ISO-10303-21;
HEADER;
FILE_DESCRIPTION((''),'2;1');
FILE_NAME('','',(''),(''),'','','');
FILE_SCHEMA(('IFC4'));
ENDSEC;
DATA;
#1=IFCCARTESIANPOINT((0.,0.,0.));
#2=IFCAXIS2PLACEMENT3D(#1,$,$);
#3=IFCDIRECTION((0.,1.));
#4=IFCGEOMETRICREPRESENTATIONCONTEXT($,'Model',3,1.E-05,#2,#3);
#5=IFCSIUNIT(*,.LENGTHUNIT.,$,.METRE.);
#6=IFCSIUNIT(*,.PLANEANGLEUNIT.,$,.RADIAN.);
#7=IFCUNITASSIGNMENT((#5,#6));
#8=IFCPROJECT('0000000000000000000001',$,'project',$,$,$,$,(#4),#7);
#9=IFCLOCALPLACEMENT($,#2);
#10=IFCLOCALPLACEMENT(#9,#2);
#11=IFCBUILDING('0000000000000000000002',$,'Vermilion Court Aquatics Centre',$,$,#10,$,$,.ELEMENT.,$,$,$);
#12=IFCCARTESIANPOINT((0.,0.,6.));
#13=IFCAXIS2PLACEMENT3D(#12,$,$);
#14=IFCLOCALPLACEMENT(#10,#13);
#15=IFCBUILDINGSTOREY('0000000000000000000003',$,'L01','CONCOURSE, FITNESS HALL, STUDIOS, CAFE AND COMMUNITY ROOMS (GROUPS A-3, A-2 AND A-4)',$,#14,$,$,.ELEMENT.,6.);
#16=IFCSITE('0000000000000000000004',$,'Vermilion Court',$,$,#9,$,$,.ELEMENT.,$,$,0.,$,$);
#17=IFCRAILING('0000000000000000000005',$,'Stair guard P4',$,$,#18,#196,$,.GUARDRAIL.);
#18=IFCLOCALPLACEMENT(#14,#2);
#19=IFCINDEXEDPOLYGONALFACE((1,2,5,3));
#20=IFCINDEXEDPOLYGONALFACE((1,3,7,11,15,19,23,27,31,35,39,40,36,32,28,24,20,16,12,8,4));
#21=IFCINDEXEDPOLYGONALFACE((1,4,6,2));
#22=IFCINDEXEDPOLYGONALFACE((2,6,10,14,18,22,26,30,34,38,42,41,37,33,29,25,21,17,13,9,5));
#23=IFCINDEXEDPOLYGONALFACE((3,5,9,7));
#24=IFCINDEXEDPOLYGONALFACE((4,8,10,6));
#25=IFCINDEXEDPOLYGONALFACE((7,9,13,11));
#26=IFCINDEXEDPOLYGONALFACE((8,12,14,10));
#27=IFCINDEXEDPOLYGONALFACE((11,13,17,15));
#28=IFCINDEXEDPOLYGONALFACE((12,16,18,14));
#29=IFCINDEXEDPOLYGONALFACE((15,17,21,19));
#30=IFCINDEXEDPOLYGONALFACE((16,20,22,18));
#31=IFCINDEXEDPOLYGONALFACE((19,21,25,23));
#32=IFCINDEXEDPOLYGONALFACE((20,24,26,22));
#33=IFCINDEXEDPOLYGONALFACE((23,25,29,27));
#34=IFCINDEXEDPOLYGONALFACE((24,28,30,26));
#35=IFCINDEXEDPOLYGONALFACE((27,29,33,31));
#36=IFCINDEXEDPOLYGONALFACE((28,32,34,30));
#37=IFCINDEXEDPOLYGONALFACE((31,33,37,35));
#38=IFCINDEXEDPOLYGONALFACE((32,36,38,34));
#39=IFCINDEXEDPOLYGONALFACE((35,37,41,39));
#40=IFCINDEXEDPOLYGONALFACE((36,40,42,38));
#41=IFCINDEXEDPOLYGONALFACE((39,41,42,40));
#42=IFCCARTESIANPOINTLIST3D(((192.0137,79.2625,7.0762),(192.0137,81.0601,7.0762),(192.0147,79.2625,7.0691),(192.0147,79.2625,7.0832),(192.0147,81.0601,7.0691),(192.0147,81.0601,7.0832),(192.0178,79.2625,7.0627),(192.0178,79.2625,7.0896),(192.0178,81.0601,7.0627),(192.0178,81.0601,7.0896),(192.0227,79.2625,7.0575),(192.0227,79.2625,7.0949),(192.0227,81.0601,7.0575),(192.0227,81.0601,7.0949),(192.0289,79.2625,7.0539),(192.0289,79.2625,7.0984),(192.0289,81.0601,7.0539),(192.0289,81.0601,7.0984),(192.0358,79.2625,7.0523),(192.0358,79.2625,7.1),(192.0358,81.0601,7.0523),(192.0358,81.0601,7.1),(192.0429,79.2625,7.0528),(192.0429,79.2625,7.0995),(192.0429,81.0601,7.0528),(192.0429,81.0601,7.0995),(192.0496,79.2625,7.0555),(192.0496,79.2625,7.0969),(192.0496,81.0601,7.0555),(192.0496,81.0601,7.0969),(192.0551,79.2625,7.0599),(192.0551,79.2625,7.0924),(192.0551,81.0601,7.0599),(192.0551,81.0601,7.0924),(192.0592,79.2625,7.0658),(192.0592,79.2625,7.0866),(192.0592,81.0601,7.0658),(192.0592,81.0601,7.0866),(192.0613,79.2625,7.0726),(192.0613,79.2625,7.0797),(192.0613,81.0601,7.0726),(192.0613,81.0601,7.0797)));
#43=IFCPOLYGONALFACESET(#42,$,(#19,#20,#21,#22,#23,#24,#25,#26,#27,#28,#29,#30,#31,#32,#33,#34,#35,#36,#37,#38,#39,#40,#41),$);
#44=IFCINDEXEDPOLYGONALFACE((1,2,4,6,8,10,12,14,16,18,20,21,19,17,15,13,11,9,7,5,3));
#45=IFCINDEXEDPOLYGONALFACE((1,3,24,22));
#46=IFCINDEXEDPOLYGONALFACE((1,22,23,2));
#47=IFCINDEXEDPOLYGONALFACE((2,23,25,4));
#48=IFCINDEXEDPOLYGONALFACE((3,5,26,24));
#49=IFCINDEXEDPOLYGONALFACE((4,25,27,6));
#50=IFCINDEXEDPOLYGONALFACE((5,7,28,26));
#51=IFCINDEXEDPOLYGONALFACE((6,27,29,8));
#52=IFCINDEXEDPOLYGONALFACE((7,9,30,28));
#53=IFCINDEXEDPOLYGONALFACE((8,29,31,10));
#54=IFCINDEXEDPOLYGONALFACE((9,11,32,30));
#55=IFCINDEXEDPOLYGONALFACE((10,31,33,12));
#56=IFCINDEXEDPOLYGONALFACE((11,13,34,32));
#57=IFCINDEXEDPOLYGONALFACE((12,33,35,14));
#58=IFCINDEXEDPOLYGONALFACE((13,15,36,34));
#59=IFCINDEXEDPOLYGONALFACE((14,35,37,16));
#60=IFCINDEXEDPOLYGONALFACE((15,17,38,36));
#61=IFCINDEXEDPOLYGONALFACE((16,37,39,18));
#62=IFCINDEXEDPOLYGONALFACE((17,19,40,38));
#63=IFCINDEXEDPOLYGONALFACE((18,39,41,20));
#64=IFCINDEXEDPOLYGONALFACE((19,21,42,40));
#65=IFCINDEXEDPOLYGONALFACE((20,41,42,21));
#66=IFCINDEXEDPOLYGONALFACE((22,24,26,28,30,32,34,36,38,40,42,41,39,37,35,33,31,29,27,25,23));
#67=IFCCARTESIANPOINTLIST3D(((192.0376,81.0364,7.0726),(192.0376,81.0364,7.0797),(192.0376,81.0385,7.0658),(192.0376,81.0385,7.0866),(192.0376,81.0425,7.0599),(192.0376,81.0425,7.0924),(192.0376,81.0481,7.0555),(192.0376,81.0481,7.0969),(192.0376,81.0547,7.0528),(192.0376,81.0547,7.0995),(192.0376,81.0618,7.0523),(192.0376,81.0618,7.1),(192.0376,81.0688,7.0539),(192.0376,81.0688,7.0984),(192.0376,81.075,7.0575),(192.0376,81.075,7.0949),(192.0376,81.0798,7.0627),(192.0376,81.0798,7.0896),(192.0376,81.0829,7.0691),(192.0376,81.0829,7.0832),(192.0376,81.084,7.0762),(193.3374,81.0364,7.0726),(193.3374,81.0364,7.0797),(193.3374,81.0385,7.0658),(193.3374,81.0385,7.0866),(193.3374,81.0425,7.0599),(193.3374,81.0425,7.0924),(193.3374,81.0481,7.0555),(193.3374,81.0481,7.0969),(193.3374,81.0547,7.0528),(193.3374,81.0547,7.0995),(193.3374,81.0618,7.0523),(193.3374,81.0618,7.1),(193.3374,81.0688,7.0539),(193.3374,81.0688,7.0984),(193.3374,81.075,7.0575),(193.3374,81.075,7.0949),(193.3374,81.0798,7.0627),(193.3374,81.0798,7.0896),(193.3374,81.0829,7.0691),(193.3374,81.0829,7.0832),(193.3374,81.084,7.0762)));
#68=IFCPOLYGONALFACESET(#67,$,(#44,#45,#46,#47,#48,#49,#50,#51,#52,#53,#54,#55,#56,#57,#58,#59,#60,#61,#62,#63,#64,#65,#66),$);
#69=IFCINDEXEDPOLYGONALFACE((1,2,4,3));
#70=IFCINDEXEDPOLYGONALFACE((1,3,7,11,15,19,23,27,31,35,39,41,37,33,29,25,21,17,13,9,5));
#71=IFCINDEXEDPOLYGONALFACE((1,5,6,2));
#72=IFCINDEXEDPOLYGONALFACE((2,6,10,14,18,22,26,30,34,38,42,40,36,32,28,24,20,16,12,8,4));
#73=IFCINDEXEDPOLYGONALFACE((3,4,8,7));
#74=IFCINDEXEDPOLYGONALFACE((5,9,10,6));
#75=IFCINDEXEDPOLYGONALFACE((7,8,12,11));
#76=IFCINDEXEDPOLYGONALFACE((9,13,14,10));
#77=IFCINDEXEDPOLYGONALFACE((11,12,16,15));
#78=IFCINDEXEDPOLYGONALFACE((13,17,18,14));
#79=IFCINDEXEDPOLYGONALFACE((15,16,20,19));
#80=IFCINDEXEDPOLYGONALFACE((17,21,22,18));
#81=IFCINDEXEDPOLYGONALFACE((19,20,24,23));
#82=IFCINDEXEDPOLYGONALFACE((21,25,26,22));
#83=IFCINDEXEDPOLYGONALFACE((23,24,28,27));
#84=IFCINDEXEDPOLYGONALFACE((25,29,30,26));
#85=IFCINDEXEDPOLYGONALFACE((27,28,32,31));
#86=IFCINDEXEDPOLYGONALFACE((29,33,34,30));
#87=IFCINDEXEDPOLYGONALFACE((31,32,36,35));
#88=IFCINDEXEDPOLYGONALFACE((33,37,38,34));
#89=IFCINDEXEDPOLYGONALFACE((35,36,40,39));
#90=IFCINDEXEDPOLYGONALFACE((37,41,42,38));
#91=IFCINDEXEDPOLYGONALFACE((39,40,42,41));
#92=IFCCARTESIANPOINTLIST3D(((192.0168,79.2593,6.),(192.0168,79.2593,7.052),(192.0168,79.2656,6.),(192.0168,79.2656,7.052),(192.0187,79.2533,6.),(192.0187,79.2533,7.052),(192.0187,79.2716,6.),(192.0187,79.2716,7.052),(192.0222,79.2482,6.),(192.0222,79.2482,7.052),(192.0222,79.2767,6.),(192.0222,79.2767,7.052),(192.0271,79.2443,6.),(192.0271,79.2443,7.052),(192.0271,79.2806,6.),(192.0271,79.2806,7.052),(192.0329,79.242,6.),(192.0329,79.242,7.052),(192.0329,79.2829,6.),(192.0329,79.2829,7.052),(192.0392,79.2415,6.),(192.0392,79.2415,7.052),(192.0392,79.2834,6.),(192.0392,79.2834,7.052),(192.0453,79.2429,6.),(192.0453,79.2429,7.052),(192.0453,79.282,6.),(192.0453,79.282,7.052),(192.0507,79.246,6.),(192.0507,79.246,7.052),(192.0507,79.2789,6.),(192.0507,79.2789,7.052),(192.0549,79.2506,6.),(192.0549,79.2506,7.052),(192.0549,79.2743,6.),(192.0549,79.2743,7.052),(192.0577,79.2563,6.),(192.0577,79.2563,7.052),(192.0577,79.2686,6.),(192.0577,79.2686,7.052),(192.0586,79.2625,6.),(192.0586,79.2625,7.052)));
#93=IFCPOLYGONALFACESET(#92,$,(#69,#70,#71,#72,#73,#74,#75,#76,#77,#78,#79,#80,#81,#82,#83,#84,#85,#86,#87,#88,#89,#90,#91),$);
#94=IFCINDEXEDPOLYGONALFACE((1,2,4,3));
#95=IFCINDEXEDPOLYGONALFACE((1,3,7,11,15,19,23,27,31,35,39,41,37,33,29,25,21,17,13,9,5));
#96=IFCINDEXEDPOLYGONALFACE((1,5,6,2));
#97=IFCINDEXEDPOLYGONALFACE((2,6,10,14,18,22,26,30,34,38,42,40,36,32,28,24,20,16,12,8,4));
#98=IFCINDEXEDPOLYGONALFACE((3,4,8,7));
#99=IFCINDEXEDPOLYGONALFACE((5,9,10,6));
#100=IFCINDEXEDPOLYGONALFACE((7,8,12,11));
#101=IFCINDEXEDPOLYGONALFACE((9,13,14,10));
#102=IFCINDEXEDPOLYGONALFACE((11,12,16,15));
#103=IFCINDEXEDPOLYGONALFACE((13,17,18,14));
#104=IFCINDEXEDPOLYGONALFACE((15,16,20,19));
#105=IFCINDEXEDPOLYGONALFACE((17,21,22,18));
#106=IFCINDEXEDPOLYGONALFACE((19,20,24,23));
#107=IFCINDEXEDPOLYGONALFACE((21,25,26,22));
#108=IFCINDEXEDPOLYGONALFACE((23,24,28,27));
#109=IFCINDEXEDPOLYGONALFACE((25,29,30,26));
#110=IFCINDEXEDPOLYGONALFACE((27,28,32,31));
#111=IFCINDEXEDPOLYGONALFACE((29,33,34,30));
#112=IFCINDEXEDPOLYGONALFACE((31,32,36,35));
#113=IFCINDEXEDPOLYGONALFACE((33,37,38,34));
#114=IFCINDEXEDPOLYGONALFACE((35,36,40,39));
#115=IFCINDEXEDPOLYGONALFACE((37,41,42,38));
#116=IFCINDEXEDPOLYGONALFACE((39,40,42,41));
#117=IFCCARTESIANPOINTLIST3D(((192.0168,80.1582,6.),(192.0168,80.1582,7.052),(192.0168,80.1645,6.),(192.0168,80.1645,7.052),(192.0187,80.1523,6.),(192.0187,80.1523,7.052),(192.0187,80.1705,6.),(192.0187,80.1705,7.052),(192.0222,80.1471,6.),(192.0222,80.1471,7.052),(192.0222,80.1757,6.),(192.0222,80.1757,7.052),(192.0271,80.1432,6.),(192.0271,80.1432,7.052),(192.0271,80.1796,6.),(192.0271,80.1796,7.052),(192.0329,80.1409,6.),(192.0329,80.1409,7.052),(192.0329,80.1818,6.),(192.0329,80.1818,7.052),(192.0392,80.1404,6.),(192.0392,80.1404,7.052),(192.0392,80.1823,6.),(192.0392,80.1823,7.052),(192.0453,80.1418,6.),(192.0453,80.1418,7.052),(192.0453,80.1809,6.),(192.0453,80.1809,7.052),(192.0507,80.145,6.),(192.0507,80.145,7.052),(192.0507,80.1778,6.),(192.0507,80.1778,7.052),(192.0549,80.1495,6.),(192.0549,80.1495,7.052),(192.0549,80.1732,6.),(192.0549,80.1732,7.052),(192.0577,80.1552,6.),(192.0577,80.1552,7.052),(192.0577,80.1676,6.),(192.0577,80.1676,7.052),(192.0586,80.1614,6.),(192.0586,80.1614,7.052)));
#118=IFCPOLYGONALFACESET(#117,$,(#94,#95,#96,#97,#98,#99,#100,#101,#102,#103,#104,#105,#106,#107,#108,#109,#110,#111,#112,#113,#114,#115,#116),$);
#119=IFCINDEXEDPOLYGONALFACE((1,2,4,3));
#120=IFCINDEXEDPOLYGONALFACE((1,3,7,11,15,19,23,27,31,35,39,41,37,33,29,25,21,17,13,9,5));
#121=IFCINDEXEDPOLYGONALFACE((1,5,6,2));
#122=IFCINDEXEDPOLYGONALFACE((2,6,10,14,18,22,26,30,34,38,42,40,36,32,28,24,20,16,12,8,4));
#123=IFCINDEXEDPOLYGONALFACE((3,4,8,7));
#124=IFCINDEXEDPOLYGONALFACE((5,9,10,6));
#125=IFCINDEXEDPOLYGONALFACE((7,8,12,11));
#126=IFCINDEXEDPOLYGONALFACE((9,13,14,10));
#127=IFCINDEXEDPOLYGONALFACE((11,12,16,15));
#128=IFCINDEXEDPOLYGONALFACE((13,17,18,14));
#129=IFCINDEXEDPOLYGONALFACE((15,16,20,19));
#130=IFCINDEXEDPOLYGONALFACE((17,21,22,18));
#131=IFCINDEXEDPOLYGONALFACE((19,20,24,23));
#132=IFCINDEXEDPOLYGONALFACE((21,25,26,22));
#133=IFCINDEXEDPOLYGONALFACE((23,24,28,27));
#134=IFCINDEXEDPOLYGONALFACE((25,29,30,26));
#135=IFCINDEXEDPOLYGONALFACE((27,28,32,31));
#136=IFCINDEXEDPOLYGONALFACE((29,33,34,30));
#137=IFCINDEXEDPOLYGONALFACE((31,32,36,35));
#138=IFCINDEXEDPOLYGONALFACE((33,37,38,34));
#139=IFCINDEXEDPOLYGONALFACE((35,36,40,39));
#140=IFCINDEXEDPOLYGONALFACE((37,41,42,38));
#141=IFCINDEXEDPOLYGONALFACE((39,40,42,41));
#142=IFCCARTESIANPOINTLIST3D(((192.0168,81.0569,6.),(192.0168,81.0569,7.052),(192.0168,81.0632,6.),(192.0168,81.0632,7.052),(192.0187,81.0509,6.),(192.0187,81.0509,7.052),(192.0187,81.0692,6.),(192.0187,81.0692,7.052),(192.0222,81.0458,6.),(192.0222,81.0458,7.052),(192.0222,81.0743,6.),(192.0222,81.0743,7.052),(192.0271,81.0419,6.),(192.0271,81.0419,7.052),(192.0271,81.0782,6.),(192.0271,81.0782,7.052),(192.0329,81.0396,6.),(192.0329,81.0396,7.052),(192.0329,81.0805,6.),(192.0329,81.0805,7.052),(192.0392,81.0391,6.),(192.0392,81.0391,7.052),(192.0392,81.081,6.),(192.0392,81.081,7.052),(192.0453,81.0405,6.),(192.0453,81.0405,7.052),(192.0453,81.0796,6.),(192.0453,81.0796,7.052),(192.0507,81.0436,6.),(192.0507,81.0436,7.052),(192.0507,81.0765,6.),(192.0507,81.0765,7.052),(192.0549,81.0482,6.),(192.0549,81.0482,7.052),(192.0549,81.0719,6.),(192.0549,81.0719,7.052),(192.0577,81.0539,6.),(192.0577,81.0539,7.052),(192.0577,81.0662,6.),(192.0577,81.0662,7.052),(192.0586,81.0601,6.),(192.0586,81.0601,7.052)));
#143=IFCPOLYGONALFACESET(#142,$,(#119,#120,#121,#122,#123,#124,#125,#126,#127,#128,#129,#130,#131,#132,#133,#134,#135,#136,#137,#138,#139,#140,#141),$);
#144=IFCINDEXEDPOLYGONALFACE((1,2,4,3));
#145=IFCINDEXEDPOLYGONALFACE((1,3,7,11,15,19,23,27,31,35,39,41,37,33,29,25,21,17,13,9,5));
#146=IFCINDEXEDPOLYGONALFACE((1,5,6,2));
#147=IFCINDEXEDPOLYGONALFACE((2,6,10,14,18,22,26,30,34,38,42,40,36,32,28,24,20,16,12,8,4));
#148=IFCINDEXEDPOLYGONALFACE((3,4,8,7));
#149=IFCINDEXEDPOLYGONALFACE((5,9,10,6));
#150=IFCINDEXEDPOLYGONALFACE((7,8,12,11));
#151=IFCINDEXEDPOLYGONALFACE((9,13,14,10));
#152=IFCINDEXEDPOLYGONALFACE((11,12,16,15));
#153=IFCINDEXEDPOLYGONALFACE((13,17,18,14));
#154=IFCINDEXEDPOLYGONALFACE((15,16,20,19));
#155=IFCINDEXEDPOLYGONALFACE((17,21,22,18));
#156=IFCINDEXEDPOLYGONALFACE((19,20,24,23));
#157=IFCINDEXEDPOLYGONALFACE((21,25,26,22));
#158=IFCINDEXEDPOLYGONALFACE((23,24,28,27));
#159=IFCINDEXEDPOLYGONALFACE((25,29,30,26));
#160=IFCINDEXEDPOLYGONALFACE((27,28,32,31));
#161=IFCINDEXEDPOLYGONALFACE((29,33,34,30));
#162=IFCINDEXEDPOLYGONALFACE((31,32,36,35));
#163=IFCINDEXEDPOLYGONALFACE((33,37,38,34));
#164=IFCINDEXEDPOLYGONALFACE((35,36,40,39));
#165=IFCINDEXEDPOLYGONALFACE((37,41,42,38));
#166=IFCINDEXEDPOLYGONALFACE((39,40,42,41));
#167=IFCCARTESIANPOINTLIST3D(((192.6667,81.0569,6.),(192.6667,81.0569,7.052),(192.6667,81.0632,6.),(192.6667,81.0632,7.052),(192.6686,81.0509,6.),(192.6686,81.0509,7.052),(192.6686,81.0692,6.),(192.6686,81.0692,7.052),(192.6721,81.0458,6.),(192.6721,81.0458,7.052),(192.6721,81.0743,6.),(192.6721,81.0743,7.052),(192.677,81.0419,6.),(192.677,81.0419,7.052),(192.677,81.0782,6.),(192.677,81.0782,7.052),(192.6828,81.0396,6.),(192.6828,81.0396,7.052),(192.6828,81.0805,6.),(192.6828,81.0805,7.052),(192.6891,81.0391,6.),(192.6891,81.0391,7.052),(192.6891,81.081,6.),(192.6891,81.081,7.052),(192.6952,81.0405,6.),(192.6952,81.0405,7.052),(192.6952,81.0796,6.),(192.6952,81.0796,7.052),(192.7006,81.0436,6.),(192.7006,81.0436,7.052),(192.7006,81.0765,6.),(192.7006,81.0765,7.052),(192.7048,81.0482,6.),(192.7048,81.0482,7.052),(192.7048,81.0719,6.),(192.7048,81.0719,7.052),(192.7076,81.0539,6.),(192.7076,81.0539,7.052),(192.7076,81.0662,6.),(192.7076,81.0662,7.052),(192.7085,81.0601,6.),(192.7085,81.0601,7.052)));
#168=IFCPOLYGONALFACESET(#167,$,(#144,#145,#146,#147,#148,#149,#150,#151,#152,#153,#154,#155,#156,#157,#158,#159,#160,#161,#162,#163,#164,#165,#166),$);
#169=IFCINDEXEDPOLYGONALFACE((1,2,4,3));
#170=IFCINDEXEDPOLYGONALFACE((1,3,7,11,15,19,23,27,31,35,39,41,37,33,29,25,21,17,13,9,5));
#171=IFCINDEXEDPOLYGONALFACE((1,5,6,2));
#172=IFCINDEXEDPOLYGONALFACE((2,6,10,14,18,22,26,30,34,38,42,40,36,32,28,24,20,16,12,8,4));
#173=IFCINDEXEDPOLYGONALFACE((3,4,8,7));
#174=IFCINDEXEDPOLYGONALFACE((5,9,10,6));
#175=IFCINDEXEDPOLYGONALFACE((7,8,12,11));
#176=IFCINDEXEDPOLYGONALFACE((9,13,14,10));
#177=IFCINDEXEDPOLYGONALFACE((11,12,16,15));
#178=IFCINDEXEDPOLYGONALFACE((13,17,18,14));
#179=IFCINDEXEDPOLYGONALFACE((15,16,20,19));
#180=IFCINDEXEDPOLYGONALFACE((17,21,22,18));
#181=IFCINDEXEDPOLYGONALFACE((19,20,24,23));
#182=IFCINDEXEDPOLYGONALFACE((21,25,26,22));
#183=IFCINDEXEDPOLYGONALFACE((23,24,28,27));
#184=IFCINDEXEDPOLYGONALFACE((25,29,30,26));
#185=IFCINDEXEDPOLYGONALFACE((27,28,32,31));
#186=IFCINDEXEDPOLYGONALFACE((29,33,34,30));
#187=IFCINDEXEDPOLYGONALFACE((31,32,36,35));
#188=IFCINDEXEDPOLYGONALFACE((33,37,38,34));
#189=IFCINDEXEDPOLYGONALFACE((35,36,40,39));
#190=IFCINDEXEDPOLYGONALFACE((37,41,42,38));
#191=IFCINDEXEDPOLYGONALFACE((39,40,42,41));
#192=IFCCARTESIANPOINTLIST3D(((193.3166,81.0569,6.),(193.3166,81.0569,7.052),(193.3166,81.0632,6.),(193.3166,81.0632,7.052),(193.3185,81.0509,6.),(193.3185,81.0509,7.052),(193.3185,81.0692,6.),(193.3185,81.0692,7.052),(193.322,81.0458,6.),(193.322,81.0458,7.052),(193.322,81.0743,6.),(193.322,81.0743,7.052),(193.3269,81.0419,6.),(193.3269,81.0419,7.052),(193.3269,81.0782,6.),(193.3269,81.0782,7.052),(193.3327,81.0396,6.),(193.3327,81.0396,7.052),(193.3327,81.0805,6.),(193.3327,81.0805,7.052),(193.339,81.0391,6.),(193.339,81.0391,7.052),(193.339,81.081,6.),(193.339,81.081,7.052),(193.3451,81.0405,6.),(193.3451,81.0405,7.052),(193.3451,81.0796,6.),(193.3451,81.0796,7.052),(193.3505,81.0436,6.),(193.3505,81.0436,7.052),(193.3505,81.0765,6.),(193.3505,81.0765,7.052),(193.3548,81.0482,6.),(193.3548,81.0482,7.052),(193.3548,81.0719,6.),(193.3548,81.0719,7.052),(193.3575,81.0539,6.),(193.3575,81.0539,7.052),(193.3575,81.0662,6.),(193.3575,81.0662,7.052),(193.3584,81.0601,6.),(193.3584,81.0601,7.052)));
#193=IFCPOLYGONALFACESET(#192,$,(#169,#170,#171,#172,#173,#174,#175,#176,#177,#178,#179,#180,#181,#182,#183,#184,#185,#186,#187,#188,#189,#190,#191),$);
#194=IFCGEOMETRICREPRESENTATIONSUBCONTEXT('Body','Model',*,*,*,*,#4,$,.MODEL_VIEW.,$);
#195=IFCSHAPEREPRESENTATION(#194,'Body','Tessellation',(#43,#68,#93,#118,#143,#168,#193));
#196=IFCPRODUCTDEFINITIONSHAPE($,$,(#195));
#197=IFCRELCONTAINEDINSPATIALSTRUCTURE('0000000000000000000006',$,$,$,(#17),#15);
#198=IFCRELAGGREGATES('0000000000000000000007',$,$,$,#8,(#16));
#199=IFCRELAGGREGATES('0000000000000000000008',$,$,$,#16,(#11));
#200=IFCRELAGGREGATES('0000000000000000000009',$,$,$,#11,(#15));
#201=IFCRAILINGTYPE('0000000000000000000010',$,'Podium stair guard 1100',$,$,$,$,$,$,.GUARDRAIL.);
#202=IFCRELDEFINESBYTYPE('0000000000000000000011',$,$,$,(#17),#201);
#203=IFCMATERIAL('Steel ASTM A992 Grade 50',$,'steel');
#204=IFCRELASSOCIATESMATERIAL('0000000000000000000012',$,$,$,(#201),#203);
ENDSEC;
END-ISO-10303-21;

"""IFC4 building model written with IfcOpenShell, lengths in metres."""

from ifc_helpers import new_model, si_unit, direction, frame, origin, origin_2d, place, context, subcontext, project, spatial, circle, extrude, material, type_object, element, save


model = new_model("IFC4")

# Units and contexts
model_context = context("Model", 3, precision=1e-05, world=origin(), true_north=direction((0.0, 1.0)))
body_context = subcontext(model_context, "Body", "Model", "MODEL_VIEW")
ifc_project = project(units=[si_unit("LENGTHUNIT", "METRE"), si_unit("PLANEANGLEUNIT", "RADIAN")], contexts=[model_context])

# Site, building, storey
site_placement = place(None, origin())
site = spatial("IfcSite", under=ifc_project, at=site_placement, Name="Vermilion Court", CompositionType="ELEMENT", RefElevation=0.0)
building_placement = place(site_placement, origin())
building = spatial("IfcBuilding", under=site, at=building_placement, Name="Vermilion Court Aquatics Centre", CompositionType="ELEMENT")
storey_placement = place(building_placement, frame((0.0, 0.0, 6.0)))
storey = spatial("IfcBuildingStorey", under=building, at=storey_placement, Name="L01", Description="CONCOURSE, FITNESS HALL, STUDIOS, CAFE AND COMMUNITY ROOMS (GROUPS A-3, A-2 AND A-4)", CompositionType="ELEMENT", Elevation=6.0)

# Railing
ifc_material_1 = material(Name="Steel ASTM A992 Grade 50", Category="steel")
railing_type_1 = type_object("IfcRailingType", Name="Podium stair guard 1100", PredefinedType="GUARDRAIL", material=ifc_material_1)
railing_1_placement = place(storey_placement, frame((192.0376, 79.2625, 6.0)))
element("IfcRailing", 1, at=railing_1_placement, inside=storey, type_object=railing_type_1, Name="Stair guard P4", PredefinedType="GUARDRAIL", context=body_context, shape_type="SweptSolid", body=[
    extrude(circle(Radius=0.0239, at=origin_2d()), frame((0.0, 0.0, 1.0762), z_axis=(0.0, 1.0, 0.0), x_axis=(-1.0, 0.0, 0.0)), (0.0, 0.0, 1.0), 1.7976),
    extrude(circle(Radius=0.0239, at=origin_2d()), frame((0.0, 1.7976, 1.0762), z_axis=(1.0, 0.0, 0.0), x_axis=(0.0, 1.0, 0.0)), (0.0, 0.0, 1.0), 1.2998),
    extrude(circle(Radius=0.021, at=origin_2d()), origin(), (0.0, 0.0, 1.0), 1.052),
    extrude(circle(Radius=0.021, at=origin_2d()), frame((0.0, 0.8989, 0.0)), (0.0, 0.0, 1.0), 1.052),
    extrude(circle(Radius=0.021, at=origin_2d()), frame((0.0, 1.7976, 0.0)), (0.0, 0.0, 1.0), 1.052),
    extrude(circle(Radius=0.021, at=origin_2d()), frame((0.6499, 1.7976, 0.0)), (0.0, 0.0, 1.0), 1.052),
    extrude(circle(Radius=0.021, at=origin_2d()), frame((1.2998, 1.7976, 0.0)), (0.0, 0.0, 1.0), 1.052),
])

save(model, "model.ifc")
